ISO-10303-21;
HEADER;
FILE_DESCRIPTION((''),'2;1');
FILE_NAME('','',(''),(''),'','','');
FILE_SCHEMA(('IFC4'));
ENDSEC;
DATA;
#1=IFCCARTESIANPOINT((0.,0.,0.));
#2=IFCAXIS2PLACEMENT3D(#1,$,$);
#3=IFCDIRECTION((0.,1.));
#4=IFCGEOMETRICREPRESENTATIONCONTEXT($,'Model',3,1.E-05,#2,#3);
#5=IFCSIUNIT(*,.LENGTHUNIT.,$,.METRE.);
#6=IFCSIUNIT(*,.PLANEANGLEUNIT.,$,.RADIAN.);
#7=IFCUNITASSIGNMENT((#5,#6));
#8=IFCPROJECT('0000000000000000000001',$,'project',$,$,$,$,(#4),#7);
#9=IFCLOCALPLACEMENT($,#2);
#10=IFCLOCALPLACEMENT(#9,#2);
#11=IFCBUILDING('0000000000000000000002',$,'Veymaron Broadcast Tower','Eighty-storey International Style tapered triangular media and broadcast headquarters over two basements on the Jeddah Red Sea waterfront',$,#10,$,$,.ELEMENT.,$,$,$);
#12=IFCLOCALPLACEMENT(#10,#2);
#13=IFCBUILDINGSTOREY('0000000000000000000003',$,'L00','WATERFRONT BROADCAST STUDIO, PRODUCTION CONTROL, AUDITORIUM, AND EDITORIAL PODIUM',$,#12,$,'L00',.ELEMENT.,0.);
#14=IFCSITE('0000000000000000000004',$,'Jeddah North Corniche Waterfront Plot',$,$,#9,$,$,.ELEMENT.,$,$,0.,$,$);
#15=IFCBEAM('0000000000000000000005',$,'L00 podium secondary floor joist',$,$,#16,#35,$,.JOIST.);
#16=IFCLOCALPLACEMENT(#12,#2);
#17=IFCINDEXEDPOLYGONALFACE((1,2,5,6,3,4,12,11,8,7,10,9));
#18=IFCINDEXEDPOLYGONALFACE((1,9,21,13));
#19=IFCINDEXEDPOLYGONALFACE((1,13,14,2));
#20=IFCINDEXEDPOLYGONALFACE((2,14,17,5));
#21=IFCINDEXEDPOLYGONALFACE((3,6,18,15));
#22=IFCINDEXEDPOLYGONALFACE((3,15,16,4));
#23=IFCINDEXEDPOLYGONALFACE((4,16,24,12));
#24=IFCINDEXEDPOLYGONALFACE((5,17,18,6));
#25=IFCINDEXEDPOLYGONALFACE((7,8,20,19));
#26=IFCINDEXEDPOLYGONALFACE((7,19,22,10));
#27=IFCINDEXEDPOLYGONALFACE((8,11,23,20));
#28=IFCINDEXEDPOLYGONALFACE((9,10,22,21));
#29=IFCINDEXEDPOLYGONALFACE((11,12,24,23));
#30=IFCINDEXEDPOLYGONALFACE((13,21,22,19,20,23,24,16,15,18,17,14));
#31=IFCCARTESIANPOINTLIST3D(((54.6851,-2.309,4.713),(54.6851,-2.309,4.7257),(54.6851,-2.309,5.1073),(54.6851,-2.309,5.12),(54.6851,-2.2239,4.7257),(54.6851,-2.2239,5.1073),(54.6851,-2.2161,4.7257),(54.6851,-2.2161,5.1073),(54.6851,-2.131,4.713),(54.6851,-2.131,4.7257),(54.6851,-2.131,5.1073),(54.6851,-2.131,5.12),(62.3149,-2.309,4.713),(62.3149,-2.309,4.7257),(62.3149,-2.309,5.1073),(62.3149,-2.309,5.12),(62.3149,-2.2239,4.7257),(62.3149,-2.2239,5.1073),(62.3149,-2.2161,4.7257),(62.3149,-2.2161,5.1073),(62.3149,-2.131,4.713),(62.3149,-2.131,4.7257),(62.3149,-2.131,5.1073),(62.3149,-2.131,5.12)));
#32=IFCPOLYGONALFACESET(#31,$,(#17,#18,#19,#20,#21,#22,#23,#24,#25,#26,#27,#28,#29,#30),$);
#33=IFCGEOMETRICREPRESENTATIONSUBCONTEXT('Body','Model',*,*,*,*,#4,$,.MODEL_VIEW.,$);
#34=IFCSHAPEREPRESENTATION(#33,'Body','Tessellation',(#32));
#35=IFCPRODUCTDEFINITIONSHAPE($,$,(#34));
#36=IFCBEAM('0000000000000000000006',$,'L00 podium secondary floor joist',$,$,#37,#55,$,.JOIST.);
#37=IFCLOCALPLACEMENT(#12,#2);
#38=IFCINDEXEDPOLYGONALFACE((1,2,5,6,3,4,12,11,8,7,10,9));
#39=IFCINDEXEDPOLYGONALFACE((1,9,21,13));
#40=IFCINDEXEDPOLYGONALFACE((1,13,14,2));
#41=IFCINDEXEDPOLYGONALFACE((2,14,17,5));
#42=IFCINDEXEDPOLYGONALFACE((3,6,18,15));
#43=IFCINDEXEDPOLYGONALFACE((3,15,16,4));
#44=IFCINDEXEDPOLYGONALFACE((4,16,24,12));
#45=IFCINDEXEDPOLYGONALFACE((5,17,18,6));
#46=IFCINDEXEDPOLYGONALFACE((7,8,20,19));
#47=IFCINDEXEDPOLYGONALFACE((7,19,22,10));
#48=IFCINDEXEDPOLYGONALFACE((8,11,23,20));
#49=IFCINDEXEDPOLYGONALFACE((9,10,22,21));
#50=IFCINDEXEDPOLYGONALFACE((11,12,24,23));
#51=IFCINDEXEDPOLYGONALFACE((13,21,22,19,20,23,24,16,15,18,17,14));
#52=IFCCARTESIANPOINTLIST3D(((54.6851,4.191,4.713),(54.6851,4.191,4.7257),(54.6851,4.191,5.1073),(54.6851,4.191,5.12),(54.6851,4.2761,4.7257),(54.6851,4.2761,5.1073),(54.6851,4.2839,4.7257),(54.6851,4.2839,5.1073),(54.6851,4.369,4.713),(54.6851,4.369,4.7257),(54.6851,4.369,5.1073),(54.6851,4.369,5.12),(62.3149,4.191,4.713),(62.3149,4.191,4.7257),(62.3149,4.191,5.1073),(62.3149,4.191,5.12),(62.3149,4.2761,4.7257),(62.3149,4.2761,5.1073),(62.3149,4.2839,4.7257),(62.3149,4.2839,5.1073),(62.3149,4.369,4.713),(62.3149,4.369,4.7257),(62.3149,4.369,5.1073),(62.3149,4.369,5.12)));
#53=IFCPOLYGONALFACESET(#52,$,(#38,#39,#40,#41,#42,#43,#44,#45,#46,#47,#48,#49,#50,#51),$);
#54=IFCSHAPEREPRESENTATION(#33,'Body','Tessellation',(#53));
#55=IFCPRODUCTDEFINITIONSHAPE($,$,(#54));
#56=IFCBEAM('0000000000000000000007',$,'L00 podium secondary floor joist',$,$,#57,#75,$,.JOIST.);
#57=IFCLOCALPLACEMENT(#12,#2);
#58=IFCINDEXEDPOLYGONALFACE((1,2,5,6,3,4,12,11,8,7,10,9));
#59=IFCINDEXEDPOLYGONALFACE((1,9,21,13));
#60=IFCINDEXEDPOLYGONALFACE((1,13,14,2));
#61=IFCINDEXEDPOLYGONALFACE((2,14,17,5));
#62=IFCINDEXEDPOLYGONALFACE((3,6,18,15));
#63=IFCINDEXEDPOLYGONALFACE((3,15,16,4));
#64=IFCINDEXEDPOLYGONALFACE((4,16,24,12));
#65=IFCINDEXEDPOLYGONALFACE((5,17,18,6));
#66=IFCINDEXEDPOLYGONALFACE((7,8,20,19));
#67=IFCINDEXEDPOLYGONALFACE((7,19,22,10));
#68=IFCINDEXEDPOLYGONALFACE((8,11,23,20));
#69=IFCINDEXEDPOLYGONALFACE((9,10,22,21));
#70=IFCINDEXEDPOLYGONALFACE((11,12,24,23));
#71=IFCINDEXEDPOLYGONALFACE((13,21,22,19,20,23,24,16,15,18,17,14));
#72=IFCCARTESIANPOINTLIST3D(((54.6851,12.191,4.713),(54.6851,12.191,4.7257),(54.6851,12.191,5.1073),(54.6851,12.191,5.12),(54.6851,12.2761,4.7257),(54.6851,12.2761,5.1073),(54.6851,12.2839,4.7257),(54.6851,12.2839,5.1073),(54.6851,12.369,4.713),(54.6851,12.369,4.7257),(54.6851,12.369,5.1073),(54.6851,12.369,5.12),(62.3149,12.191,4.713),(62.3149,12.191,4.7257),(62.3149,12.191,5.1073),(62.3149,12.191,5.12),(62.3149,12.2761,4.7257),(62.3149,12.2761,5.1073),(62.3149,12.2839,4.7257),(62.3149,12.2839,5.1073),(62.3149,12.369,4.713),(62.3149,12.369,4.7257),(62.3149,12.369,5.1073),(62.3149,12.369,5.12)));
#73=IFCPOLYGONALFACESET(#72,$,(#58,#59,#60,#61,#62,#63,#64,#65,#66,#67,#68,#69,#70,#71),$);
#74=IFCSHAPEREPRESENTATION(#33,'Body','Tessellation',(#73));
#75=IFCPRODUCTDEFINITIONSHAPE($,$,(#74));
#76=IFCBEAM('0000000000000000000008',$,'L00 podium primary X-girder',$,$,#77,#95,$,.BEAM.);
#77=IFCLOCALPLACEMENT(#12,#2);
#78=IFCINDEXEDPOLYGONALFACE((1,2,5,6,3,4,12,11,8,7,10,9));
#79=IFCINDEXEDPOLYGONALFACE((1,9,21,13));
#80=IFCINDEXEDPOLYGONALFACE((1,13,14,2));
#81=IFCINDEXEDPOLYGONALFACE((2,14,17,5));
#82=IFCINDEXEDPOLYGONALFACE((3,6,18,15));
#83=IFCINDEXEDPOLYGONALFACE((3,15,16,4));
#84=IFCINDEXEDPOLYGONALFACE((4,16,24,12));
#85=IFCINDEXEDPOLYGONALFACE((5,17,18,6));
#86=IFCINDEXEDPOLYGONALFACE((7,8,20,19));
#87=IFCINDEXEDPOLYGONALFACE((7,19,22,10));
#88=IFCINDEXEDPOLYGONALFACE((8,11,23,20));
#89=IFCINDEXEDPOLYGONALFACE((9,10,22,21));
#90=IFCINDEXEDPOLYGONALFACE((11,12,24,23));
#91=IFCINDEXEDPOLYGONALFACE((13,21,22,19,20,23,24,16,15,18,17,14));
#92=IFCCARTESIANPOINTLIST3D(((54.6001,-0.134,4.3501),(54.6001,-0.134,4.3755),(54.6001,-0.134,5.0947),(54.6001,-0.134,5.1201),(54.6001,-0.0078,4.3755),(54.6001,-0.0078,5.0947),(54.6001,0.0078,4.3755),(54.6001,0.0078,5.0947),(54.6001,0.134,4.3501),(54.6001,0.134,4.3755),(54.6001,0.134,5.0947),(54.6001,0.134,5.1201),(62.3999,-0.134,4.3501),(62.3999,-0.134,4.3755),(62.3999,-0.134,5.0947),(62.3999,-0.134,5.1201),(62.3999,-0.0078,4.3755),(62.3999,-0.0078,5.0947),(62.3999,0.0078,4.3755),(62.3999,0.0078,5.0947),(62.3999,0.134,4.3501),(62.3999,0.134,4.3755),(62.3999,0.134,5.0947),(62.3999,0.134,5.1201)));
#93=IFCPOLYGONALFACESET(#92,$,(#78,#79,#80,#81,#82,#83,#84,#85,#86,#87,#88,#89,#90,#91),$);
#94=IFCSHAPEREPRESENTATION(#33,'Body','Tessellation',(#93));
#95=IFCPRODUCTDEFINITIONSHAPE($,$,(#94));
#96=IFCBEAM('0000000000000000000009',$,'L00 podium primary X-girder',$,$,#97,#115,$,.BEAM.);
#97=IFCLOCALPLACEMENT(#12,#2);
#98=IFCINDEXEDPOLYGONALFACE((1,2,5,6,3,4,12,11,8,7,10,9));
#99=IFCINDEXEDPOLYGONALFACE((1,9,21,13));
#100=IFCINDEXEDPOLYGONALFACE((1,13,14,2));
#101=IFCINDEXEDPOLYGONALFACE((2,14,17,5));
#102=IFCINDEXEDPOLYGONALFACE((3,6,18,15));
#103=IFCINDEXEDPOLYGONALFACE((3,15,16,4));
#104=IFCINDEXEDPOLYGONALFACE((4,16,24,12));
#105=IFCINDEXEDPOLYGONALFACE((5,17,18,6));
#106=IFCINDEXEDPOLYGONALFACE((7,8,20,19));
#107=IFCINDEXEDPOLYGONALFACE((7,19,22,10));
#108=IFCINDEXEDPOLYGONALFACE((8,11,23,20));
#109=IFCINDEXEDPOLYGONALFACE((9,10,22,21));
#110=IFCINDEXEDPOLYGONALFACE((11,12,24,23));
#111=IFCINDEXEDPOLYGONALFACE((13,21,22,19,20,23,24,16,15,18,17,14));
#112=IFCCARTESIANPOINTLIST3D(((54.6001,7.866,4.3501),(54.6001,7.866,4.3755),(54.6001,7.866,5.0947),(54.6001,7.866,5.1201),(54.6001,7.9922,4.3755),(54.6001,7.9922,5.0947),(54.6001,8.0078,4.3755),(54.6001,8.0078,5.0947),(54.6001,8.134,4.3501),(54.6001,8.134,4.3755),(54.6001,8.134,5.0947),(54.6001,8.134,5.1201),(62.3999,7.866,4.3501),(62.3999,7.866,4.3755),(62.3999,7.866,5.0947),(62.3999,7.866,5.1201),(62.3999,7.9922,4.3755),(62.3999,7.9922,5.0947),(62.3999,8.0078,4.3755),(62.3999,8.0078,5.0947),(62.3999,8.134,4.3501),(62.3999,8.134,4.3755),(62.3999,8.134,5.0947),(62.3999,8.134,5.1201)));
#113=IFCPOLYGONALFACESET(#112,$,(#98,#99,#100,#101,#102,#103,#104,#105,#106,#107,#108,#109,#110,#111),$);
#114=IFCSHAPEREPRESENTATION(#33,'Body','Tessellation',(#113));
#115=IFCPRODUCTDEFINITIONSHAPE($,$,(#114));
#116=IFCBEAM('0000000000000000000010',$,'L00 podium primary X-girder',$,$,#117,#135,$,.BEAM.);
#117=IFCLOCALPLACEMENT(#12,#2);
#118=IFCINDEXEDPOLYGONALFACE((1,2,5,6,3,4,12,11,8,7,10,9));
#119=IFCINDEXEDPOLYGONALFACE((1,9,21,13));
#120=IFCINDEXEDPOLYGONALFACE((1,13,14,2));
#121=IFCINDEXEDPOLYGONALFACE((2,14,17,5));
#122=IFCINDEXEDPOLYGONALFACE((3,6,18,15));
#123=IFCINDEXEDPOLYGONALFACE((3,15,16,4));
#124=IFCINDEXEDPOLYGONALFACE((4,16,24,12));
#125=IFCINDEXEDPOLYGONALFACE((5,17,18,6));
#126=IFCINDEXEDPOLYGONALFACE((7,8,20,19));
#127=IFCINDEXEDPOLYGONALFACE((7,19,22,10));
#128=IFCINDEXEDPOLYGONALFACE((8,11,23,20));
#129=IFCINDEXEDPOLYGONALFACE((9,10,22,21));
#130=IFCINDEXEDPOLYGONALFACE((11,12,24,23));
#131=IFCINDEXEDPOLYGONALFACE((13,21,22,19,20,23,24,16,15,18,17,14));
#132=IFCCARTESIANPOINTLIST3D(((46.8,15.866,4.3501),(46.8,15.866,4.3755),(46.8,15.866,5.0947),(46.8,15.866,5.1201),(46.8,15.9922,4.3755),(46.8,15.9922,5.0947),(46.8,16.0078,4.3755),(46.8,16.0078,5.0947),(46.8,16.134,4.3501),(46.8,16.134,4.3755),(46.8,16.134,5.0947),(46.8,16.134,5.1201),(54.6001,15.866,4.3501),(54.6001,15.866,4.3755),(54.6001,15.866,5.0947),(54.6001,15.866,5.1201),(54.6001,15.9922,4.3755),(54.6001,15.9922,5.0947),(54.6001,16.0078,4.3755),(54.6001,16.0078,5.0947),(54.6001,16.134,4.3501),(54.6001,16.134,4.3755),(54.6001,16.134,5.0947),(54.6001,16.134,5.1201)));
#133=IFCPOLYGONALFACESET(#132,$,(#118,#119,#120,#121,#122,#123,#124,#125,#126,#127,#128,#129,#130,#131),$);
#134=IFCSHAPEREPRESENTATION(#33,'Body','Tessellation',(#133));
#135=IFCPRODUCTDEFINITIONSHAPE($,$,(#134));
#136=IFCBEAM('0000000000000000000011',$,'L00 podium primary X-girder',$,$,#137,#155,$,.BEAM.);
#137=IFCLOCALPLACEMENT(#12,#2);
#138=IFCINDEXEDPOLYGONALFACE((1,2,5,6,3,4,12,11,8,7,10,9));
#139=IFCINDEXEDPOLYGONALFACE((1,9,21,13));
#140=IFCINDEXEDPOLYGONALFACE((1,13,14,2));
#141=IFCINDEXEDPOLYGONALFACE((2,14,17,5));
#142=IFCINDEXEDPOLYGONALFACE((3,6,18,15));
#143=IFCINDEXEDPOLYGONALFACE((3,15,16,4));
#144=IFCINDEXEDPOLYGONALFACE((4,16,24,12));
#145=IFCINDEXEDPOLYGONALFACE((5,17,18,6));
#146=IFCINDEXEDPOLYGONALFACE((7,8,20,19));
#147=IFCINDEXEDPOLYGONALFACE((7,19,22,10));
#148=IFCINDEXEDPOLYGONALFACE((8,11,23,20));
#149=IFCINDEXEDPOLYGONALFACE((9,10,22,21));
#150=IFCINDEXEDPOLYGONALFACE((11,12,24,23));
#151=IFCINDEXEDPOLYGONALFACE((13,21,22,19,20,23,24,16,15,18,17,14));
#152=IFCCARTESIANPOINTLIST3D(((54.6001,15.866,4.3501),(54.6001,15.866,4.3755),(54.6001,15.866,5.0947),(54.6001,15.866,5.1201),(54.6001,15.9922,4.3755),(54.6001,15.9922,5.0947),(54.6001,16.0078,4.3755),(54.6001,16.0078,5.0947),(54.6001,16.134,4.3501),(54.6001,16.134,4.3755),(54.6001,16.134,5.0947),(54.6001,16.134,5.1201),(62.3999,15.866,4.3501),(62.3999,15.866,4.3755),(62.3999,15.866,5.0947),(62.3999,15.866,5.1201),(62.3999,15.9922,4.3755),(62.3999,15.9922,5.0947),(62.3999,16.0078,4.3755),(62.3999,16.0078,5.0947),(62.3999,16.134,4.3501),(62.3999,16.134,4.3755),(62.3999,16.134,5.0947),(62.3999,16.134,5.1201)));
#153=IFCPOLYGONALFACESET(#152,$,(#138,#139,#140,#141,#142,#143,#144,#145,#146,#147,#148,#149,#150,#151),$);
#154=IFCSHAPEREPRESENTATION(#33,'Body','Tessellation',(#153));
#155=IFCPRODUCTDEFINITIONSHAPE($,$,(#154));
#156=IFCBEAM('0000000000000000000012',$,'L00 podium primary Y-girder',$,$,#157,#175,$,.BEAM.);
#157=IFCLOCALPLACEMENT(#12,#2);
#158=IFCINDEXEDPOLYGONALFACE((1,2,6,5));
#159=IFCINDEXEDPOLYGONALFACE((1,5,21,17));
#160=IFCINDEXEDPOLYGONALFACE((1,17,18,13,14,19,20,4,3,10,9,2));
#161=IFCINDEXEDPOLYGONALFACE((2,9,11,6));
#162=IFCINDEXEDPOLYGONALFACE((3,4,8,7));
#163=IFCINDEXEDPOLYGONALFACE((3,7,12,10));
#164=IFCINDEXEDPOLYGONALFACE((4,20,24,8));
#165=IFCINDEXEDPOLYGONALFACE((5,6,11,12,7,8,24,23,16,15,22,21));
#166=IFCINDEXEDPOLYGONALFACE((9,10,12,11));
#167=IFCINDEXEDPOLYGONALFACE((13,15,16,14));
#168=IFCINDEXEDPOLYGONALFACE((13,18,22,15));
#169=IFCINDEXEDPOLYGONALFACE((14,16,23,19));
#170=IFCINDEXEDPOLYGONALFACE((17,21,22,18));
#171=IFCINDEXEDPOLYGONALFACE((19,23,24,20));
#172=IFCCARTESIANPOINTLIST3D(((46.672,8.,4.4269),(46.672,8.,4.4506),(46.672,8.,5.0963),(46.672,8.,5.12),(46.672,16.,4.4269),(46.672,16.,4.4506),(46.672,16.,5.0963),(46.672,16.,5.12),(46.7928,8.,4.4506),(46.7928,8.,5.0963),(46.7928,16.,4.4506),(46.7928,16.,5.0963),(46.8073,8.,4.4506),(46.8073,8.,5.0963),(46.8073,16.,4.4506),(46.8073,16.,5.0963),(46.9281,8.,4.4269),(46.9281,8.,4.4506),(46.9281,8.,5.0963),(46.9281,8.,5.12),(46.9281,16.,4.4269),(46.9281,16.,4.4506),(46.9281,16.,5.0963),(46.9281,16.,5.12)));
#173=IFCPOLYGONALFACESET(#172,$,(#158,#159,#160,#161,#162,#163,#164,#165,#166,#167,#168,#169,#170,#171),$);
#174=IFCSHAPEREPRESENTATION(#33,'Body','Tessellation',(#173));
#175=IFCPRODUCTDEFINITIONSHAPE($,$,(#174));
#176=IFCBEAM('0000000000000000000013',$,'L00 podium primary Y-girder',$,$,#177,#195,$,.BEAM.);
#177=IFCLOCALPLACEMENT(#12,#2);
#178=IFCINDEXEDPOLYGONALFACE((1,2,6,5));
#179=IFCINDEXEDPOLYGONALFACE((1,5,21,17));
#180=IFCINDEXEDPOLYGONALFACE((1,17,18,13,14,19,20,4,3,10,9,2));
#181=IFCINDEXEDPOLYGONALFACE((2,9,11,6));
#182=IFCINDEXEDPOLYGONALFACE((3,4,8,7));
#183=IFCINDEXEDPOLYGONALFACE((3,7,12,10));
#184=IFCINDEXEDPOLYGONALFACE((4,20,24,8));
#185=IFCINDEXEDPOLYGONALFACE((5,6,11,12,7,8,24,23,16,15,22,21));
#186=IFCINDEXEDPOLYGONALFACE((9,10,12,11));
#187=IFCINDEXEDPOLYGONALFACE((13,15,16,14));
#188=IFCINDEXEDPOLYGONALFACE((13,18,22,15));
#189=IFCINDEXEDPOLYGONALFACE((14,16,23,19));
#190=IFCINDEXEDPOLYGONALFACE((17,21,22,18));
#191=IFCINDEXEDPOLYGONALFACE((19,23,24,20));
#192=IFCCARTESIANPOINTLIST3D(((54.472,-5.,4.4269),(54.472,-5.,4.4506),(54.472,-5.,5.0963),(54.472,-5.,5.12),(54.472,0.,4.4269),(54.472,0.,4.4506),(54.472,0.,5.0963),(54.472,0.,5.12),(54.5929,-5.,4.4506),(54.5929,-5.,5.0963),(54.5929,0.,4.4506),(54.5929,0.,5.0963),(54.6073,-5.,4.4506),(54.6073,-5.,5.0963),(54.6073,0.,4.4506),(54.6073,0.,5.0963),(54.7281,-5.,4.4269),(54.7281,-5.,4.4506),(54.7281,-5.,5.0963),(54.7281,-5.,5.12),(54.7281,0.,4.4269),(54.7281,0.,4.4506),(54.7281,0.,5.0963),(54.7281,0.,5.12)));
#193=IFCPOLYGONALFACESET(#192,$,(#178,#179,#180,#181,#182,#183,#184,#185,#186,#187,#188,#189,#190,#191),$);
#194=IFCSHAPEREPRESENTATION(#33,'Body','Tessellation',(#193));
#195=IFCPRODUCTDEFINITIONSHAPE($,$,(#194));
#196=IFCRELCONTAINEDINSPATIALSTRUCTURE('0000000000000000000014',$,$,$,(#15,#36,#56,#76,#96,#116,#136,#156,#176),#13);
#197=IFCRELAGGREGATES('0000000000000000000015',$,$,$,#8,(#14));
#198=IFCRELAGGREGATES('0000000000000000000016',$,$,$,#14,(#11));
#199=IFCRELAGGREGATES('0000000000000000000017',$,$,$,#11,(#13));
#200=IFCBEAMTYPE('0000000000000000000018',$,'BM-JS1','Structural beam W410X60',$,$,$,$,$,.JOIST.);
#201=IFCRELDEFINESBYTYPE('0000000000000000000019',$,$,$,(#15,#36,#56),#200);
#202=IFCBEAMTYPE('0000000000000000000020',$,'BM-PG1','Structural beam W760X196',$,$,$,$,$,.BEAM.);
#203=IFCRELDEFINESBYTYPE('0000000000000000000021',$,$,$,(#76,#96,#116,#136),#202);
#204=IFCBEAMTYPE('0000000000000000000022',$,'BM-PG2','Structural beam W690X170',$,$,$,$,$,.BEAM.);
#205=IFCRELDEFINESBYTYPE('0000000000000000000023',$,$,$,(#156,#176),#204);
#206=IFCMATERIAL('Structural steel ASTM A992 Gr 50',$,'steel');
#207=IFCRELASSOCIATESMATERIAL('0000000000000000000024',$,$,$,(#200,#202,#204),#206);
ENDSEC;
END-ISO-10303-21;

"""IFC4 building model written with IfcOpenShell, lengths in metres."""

from ifc_helpers import new_model, si_unit, direction, frame, origin, origin_2d, place, context, subcontext, project, spatial, i_section, extrude, material, material_profile, profile_set, type_object, element, save


model = new_model("IFC4")

# Units and contexts
model_context = context("Model", 3, precision=1e-05, world=origin(), true_north=direction((0.0, 1.0)))
body_context = subcontext(model_context, "Body", "Model", "MODEL_VIEW")
ifc_project = project(units=[si_unit("LENGTHUNIT", "METRE"), si_unit("PLANEANGLEUNIT", "RADIAN")], contexts=[model_context])

# Site, building, storey
site_placement = place(None, origin())
site = spatial("IfcSite", under=ifc_project, at=site_placement, Name="Jeddah North Corniche Waterfront Plot", CompositionType="ELEMENT", RefElevation=0.0)
building_placement = place(site_placement, origin())
building = spatial("IfcBuilding", under=site, at=building_placement, Name="Veymaron Broadcast Tower", Description="Eighty-storey International Style tapered triangular media and broadcast headquarters over two basements on the Jeddah Red Sea waterfront", CompositionType="ELEMENT")
storey_placement = place(building_placement, origin())
storey = spatial("IfcBuildingStorey", under=building, at=storey_placement, Name="L00", Description="WATERFRONT BROADCAST STUDIO, PRODUCTION CONTROL, AUDITORIUM, AND EDITORIAL PODIUM", LongName="L00", CompositionType="ELEMENT", Elevation=0.0)

# Beams
ifc_material_1 = material(Name="Structural steel ASTM A992 Gr 50", Category="steel")
ifc_material_profile_1 = material_profile(ifc_material_1, i_section(OverallWidth=0.178, OverallDepth=0.407, WebThickness=0.0078, FlangeThickness=0.0127, at=origin_2d()), Name="W410X60")
ifc_profile_set_1 = profile_set([ifc_material_profile_1], Name="Structural steel ASTM A992 Gr 50")
beam_type_1 = type_object("IfcBeamType", Name="BM-JS1", Description="Structural beam W410X60", PredefinedType="JOIST", material=ifc_profile_set_1)
for number, where, z_axis, x_axis, name in (
    (1, (54.6851, -2.22, 4.9165), (1.0, 0.0, 0.0), (0.0, 1.0, 0.0), "L00 podium secondary floor joist"),
    (2, (54.6851, 4.28, 4.9165), (1.0, 0.0, 0.0), (0.0, 1.0, 0.0), "L00 podium secondary floor joist"),
    (3, (54.6851, 12.28, 4.9165), (1.0, 0.0, 0.0), (0.0, 1.0, 0.0), "L00 podium secondary floor joist"),
):
    element("IfcBeam", number, at=place(storey_placement, frame(where, z_axis=z_axis, x_axis=x_axis)), inside=storey, type_object=beam_type_1, Name=name, PredefinedType="JOIST", context=body_context, shape_type="SweptSolid", body=[
        extrude(i_section(OverallWidth=0.178, OverallDepth=0.407, WebThickness=0.0078, FlangeThickness=0.0127, at=origin_2d()), origin(), (0.0, 0.0, 1.0), 7.6299),
    ])
ifc_material_profile_2 = material_profile(ifc_material_1, i_section(OverallWidth=0.2681, OverallDepth=0.77, WebThickness=0.0156, FlangeThickness=0.0254, at=origin_2d()), Name="W760X196")
ifc_profile_set_2 = profile_set([ifc_material_profile_2], Name="Structural steel ASTM A992 Gr 50")
beam_type_2 = type_object("IfcBeamType", Name="BM-PG1", Description="Structural beam W760X196", PredefinedType="BEAM", material=ifc_profile_set_2)
for number, where, z_axis, x_axis, name in (
    (4, (54.6001, 0.0, 4.7351), (1.0, 0.0, 0.0), (0.0, 1.0, 0.0), "L00 podium primary X-girder"),
    (5, (54.6001, 8.0, 4.7351), (1.0, 0.0, 0.0), (0.0, 1.0, 0.0), "L00 podium primary X-girder"),
):
    element("IfcBeam", number, at=place(storey_placement, frame(where, z_axis=z_axis, x_axis=x_axis)), inside=storey, type_object=beam_type_2, Name=name, PredefinedType="BEAM", context=body_context, shape_type="SweptSolid", body=[
        extrude(i_section(OverallWidth=0.2681, OverallDepth=0.77, WebThickness=0.0156, FlangeThickness=0.0254, at=origin_2d()), origin(), (0.0, 0.0, 1.0), 7.7998),
    ])
beam_1_placement = place(storey_placement, frame((46.8, 16.0, 4.7351), z_axis=(1.0, 0.0, 0.0), x_axis=(0.0, 1.0, 0.0)))
element("IfcBeam", 6, at=beam_1_placement, inside=storey, type_object=beam_type_2, Name="L00 podium primary X-girder", PredefinedType="BEAM", context=body_context, shape_type="SweptSolid", body=[
    extrude(i_section(OverallWidth=0.2681, OverallDepth=0.77, WebThickness=0.0156, FlangeThickness=0.0254, at=origin_2d()), origin(), (0.0, 0.0, 1.0), 7.8),
])
beam_2_placement = place(storey_placement, frame((54.6001, 16.0, 4.7351), z_axis=(1.0, 0.0, 0.0), x_axis=(0.0, 1.0, 0.0)))
element("IfcBeam", 7, at=beam_2_placement, inside=storey, type_object=beam_type_2, Name="L00 podium primary X-girder", PredefinedType="BEAM", context=body_context, shape_type="SweptSolid", body=[
    extrude(i_section(OverallWidth=0.2681, OverallDepth=0.77, WebThickness=0.0156, FlangeThickness=0.0254, at=origin_2d()), origin(), (0.0, 0.0, 1.0), 7.7998),
])
ifc_material_profile_3 = material_profile(ifc_material_1, i_section(OverallWidth=0.2561, OverallDepth=0.6931, WebThickness=0.0144, FlangeThickness=0.0237, at=origin_2d()), Name="W690X170")
ifc_profile_set_3 = profile_set([ifc_material_profile_3], Name="Structural steel ASTM A992 Gr 50")
beam_type_3 = type_object("IfcBeamType", Name="BM-PG2", Description="Structural beam W690X170", PredefinedType="BEAM", material=ifc_profile_set_3)
beam_3_placement = place(storey_placement, frame((46.8, 8.0, 4.7734), z_axis=(0.0, 1.0, 0.0), x_axis=(-1.0, 0.0, 0.0)))
element("IfcBeam", 8, at=beam_3_placement, inside=storey, type_object=beam_type_3, Name="L00 podium primary Y-girder", PredefinedType="BEAM", context=body_context, shape_type="SweptSolid", body=[
    extrude(i_section(OverallWidth=0.2561, OverallDepth=0.6931, WebThickness=0.0144, FlangeThickness=0.0237, at=origin_2d()), origin(), (0.0, 0.0, 1.0), 8.0),
])
beam_4_placement = place(storey_placement, frame((54.6001, -5.0, 4.7734), z_axis=(0.0, 1.0, 0.0), x_axis=(-1.0, 0.0, 0.0)))
element("IfcBeam", 9, at=beam_4_placement, inside=storey, type_object=beam_type_3, Name="L00 podium primary Y-girder", PredefinedType="BEAM", context=body_context, shape_type="SweptSolid", body=[
    extrude(i_section(OverallWidth=0.2561, OverallDepth=0.6931, WebThickness=0.0144, FlangeThickness=0.0237, at=origin_2d()), origin(), (0.0, 0.0, 1.0), 5.0),
])

save(model, "model.ifc")
